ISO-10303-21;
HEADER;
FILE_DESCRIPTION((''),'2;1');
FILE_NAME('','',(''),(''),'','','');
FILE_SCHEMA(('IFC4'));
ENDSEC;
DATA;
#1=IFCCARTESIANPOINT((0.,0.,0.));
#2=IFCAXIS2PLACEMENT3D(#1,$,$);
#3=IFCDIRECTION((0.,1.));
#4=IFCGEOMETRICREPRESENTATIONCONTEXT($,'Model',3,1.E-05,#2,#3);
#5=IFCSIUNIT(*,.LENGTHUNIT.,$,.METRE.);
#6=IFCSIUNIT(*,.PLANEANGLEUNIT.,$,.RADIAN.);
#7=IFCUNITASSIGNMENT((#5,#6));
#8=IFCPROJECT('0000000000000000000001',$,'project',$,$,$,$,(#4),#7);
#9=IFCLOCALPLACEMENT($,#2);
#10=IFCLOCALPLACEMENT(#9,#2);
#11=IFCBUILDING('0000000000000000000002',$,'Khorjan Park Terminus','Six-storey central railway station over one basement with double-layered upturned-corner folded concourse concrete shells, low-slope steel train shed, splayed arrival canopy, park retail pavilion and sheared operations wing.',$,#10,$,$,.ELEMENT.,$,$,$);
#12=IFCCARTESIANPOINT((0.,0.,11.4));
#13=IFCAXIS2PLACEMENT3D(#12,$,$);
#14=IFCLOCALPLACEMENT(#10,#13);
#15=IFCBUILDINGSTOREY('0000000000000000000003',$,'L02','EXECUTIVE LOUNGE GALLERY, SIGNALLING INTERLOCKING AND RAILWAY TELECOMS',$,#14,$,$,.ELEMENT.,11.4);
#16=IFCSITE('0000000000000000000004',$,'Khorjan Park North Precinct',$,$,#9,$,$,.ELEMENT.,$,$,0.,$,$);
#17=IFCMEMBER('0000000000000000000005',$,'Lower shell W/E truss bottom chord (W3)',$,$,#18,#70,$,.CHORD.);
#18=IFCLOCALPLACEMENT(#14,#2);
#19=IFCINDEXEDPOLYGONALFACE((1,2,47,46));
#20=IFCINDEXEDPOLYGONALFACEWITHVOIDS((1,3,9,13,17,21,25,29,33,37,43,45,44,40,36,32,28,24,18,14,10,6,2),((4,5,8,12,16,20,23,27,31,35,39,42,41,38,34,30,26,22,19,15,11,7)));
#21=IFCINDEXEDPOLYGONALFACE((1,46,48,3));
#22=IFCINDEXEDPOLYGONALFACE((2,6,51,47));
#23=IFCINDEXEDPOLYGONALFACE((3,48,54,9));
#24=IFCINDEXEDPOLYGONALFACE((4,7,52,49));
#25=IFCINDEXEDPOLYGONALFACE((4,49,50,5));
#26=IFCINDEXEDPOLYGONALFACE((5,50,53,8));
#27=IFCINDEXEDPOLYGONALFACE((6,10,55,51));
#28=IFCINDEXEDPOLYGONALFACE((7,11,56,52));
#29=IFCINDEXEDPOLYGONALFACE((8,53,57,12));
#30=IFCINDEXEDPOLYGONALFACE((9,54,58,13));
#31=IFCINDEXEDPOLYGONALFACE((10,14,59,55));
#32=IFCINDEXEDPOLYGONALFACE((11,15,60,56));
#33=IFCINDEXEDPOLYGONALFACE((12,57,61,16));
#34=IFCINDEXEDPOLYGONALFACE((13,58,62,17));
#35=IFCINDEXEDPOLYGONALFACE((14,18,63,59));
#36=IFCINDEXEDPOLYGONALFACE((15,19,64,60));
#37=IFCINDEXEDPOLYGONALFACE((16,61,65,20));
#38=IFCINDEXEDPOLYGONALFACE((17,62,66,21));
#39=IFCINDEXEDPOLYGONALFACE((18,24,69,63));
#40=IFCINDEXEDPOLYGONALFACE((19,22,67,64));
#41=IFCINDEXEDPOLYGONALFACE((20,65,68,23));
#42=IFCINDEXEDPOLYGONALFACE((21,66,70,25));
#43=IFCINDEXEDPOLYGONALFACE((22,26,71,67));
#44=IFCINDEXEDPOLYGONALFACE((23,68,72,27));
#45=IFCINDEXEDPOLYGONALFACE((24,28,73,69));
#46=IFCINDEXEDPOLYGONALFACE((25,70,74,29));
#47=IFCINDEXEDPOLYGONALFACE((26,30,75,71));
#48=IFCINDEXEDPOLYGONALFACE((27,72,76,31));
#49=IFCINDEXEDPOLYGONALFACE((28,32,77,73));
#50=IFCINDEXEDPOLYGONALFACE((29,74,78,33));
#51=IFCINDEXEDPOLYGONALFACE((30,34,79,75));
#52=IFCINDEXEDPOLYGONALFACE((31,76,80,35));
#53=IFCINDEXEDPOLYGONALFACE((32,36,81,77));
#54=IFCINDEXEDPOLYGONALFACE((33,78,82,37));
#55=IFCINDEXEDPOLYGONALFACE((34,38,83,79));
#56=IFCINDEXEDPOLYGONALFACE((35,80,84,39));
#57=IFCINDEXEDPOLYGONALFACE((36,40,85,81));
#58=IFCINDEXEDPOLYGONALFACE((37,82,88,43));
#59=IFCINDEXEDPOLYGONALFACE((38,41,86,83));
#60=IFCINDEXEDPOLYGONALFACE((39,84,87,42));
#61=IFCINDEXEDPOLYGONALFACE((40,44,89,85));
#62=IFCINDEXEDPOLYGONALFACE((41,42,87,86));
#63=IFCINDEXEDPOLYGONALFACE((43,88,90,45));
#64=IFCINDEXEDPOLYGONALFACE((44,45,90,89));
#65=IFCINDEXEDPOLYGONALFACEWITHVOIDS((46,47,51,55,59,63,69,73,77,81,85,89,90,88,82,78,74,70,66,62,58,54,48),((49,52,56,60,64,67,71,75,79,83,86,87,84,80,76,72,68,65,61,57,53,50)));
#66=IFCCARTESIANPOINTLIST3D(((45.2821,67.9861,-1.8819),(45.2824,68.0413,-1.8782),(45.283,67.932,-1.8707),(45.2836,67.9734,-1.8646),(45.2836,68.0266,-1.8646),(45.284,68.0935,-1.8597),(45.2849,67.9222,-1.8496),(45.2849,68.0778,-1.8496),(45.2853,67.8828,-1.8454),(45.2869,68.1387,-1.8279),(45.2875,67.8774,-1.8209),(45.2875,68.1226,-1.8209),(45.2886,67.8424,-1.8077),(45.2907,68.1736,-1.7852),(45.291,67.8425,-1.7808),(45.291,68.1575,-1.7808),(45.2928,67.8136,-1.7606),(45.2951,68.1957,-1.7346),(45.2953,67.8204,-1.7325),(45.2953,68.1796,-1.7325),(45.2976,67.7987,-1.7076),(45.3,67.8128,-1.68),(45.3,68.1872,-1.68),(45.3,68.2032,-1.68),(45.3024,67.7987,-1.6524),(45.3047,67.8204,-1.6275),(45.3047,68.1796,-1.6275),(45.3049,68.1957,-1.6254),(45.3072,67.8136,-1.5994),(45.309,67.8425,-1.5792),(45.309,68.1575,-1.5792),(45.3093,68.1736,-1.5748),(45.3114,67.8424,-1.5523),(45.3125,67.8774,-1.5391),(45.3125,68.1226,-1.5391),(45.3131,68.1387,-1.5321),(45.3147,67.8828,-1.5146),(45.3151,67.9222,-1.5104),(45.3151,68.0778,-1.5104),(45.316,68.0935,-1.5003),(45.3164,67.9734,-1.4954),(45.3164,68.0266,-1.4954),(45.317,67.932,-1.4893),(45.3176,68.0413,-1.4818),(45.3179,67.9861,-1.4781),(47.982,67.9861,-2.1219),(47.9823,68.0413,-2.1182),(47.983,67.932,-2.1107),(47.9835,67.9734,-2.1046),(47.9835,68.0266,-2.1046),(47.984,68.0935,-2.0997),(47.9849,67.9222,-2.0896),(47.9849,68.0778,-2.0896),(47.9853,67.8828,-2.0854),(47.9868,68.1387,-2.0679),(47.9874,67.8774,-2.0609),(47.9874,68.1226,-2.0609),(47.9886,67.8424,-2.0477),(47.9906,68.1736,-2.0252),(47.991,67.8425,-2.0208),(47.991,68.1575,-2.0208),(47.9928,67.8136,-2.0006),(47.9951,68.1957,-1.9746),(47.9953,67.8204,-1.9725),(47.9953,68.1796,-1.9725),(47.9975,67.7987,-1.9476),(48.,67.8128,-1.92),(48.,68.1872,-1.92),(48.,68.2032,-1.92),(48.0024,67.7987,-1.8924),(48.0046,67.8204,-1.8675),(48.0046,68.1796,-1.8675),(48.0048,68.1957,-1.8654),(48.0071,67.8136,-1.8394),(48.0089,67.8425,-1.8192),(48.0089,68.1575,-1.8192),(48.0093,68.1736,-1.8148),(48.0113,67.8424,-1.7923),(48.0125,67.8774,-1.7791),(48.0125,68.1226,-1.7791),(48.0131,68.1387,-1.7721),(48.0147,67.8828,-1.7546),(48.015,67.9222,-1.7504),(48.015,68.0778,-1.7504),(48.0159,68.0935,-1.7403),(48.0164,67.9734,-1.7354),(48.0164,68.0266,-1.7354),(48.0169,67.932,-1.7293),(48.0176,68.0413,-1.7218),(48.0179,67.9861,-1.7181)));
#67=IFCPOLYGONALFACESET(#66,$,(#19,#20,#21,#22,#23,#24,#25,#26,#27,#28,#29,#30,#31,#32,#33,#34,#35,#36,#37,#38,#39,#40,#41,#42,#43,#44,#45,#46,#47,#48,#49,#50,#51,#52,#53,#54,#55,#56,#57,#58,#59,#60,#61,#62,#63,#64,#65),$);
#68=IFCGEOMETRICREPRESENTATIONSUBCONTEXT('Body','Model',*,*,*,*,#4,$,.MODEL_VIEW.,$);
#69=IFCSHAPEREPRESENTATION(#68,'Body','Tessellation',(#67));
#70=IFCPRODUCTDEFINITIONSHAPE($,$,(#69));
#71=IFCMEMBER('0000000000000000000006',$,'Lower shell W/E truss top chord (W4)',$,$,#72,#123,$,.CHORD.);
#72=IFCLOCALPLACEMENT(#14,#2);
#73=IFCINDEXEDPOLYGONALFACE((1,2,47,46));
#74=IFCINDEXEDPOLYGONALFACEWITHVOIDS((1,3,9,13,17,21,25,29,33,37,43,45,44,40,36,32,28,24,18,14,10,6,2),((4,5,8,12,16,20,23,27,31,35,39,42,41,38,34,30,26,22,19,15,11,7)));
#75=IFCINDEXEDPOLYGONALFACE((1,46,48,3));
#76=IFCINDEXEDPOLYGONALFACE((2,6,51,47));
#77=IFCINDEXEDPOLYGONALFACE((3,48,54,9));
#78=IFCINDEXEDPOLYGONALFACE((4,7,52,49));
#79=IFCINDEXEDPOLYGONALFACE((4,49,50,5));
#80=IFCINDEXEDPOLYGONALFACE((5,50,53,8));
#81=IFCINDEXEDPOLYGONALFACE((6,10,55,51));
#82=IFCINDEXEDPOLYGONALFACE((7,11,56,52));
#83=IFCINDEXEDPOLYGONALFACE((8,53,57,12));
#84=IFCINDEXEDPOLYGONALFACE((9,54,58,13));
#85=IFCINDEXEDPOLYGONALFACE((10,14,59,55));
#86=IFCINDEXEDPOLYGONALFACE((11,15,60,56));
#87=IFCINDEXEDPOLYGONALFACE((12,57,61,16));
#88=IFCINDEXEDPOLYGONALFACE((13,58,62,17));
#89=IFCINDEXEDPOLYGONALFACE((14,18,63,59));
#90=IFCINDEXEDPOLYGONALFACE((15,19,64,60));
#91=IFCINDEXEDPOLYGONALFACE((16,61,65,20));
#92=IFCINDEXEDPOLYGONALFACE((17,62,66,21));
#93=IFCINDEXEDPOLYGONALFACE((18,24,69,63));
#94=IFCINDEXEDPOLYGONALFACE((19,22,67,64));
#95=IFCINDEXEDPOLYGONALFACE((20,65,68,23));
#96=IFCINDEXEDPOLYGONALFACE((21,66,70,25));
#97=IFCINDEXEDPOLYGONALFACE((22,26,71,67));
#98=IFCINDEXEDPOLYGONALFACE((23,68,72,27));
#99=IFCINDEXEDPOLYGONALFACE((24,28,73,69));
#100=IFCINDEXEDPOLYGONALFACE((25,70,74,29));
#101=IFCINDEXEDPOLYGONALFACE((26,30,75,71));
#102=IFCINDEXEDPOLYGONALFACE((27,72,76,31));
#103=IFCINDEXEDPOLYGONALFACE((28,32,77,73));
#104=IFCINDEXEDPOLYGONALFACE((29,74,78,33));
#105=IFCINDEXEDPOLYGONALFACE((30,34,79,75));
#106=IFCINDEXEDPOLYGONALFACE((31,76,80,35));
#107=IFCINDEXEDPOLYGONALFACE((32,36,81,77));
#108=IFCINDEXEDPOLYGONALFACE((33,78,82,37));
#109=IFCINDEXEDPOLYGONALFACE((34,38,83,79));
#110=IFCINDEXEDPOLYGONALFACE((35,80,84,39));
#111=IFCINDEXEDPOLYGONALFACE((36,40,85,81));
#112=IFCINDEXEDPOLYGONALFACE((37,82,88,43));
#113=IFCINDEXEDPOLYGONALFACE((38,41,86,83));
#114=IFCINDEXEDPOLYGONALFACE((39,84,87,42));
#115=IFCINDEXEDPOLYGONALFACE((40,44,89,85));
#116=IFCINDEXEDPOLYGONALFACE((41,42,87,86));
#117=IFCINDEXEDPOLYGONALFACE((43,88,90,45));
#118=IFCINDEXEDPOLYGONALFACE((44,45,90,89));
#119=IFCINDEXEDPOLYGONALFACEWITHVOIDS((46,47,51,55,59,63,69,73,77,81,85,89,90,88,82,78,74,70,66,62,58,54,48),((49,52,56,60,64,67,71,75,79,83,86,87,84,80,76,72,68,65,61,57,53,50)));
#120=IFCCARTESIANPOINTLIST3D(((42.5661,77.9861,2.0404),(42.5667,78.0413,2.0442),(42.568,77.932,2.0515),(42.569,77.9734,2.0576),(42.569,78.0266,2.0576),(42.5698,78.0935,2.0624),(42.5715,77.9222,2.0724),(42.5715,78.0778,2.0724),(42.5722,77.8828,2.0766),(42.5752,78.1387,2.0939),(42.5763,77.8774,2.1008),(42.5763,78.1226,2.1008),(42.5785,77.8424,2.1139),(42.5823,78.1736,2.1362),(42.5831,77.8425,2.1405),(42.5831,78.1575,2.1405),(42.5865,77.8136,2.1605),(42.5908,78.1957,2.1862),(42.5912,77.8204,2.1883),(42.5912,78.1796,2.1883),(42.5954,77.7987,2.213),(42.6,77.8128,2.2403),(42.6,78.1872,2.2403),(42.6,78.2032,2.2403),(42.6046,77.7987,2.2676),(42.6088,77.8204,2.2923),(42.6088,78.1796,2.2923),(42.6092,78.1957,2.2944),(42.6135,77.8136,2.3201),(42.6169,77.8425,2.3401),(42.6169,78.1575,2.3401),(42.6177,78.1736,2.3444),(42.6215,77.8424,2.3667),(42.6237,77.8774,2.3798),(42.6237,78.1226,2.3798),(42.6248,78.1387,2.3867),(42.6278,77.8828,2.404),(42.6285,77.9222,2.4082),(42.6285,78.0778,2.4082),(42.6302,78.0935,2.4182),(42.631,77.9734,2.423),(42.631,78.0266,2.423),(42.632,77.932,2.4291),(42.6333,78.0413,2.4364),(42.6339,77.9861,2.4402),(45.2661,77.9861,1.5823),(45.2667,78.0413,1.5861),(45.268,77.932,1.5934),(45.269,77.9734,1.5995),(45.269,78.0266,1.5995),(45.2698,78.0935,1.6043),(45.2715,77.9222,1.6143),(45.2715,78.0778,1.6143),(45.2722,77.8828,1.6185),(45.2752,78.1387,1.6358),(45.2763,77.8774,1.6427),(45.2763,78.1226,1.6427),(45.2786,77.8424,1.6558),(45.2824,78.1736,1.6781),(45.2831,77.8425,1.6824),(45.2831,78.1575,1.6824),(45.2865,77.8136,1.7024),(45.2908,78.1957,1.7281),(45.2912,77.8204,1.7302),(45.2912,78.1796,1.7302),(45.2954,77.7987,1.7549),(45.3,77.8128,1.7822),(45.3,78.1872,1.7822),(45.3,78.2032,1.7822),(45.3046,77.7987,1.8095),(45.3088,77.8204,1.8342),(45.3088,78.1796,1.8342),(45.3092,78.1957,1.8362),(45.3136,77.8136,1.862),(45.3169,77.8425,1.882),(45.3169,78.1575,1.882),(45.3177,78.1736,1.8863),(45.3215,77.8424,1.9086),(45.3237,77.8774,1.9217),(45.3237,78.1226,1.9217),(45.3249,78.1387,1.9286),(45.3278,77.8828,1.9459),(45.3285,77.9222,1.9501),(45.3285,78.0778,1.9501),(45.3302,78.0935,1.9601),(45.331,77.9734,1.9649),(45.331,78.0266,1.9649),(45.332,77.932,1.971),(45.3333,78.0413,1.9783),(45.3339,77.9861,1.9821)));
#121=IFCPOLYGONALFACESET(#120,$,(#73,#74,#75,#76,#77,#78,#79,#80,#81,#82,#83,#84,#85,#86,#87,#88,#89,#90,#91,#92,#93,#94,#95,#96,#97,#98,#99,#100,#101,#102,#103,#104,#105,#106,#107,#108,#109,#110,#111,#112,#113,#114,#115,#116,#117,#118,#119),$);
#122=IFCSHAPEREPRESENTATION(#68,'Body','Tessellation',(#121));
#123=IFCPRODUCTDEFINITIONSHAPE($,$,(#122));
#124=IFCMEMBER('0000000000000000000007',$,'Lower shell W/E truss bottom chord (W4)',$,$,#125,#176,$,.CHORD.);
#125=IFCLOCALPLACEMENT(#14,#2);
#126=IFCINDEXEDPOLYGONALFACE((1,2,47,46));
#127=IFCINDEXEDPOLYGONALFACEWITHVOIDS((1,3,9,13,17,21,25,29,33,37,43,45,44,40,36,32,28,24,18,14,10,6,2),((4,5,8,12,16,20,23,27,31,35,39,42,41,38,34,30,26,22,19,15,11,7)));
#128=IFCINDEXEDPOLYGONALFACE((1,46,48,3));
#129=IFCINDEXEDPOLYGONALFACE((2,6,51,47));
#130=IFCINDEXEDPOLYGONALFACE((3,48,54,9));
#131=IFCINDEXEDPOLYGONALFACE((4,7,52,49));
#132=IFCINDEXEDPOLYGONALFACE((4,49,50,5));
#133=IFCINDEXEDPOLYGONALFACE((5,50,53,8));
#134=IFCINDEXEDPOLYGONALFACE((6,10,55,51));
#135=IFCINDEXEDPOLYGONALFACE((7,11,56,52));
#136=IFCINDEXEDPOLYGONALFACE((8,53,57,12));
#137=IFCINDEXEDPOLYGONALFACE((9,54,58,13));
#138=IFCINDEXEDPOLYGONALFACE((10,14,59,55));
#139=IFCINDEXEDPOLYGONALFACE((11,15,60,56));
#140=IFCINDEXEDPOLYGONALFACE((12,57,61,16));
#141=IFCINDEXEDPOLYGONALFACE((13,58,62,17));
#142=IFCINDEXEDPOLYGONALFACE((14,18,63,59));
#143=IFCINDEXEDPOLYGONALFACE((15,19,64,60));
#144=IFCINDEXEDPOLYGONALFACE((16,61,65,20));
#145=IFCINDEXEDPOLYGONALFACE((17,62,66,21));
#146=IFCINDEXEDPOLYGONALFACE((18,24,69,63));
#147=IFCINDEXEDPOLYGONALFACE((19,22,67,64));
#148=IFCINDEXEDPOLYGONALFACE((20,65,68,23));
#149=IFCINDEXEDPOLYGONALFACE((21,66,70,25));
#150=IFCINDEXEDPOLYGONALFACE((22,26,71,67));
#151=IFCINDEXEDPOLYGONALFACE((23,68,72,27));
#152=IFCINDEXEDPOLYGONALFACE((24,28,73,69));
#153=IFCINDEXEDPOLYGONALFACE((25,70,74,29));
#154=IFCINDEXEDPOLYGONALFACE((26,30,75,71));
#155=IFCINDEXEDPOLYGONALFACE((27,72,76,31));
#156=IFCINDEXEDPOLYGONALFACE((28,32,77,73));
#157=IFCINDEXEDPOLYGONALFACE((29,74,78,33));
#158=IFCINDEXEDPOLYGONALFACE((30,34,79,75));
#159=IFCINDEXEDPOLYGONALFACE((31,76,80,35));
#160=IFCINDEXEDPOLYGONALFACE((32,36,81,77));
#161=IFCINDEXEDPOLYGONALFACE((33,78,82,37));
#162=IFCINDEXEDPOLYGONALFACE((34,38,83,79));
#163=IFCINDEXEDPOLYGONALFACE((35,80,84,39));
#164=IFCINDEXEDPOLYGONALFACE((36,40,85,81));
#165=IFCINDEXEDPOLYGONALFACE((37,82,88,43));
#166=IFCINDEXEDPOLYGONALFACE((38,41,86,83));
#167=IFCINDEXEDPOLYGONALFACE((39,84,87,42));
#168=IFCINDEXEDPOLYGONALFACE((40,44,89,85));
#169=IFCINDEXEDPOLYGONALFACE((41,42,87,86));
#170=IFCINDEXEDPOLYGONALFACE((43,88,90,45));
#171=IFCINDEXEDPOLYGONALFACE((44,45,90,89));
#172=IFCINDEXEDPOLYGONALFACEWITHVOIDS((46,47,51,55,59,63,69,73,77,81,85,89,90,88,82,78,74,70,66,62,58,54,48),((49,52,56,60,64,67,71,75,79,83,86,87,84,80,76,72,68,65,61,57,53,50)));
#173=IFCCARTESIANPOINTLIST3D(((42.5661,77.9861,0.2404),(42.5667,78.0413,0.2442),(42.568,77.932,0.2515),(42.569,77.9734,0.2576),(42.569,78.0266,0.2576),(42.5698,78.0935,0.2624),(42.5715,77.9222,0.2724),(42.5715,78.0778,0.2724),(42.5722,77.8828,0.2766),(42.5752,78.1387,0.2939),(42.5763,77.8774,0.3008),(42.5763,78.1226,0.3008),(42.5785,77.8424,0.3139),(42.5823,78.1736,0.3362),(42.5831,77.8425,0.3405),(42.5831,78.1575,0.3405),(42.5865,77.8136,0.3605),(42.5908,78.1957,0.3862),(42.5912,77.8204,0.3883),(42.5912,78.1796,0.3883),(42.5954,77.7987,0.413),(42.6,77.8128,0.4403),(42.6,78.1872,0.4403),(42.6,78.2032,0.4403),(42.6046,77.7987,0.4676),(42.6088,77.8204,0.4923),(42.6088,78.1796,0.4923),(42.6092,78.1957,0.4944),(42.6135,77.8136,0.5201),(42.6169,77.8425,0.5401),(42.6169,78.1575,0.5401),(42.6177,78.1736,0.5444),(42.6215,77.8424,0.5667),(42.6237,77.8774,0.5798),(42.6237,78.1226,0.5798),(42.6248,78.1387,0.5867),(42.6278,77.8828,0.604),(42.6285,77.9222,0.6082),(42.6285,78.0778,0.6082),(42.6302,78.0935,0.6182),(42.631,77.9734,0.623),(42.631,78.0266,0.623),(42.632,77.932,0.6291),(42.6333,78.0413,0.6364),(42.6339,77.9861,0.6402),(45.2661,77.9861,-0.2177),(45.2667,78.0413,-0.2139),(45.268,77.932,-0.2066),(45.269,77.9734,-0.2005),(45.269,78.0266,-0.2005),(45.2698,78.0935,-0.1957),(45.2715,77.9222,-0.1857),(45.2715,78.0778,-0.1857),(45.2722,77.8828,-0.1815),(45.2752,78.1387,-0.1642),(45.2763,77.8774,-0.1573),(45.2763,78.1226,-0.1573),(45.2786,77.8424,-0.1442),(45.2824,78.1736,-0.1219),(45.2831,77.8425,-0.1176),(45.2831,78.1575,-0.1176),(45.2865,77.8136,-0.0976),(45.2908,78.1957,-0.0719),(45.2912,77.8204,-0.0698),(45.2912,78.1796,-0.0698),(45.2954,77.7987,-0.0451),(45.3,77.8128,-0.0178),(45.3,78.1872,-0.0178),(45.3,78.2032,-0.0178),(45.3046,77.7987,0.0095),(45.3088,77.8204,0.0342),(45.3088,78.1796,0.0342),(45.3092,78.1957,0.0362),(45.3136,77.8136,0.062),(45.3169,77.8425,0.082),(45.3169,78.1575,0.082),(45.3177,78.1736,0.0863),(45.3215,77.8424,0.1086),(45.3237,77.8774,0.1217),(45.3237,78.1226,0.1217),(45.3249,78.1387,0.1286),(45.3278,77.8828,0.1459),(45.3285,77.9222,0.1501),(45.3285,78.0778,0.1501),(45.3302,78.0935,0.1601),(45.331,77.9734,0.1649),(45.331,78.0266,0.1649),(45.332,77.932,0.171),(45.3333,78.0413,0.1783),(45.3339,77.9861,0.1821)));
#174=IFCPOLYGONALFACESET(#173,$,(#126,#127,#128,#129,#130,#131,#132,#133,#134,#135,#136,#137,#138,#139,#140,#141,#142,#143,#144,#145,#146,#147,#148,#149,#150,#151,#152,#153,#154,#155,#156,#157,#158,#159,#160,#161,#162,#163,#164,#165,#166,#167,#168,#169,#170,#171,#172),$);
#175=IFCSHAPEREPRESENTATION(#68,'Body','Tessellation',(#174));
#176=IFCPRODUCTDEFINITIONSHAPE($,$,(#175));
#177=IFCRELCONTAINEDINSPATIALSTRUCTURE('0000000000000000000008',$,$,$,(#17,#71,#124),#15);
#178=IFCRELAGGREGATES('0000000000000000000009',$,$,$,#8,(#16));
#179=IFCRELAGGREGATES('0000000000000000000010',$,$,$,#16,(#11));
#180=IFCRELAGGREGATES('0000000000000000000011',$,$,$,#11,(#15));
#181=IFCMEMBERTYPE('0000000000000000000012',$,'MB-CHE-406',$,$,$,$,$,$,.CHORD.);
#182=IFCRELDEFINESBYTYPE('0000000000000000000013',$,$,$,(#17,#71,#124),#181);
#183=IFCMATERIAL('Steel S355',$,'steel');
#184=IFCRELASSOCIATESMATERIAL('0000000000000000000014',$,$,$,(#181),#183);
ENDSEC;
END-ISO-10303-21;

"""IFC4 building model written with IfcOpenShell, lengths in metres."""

from ifc_helpers import new_model, si_unit, direction, frame, origin, origin_2d, place, context, subcontext, project, spatial, hollow_circle, extrude, material, material_profile, profile_set, type_object, element, save


model = new_model("IFC4")

# Units and contexts
model_context = context("Model", 3, precision=1e-05, world=origin(), true_north=direction((0.0, 1.0)))
body_context = subcontext(model_context, "Body", "Model", "MODEL_VIEW")
ifc_project = project(units=[si_unit("LENGTHUNIT", "METRE"), si_unit("PLANEANGLEUNIT", "RADIAN")], contexts=[model_context])

# Site, building, storey
site_placement = place(None, origin())
site = spatial("IfcSite", under=ifc_project, at=site_placement, Name="Khorjan Park North Precinct", CompositionType="ELEMENT", RefElevation=0.0)
building_placement = place(site_placement, origin())
building = spatial("IfcBuilding", under=site, at=building_placement, Name="Khorjan Park Terminus", Description="Six-storey central railway station over one basement with double-layered upturned-corner folded concourse concrete shells, low-slope steel train shed, splayed arrival canopy, park retail pavilion and sheared operations wing.", CompositionType="ELEMENT")
storey_placement = place(building_placement, frame((0.0, 0.0, 11.4)))
storey = spatial("IfcBuildingStorey", under=building, at=storey_placement, Name="L02", Description="EXECUTIVE LOUNGE GALLERY, SIGNALLING INTERLOCKING AND RAILWAY TELECOMS", CompositionType="ELEMENT", Elevation=11.4)

# Members
ifc_material_1 = material(Name="Steel S355", Category="steel")
ifc_material_profile_1 = material_profile(ifc_material_1, hollow_circle(Radius=0.2032, WallThickness=0.016, at=origin_2d()), Name="CHS 406.4x16")
ifc_profile_set_1 = profile_set([ifc_material_profile_1], Name="Steel S355")
member_type_1 = type_object("IfcMemberType", Name="MB-CHE-406", PredefinedType="CHORD", material=ifc_profile_set_1)
member_1_placement = place(storey_placement, frame((45.3, 68.0, -1.68), z_axis=(0.996073, 0.0, -0.08854), x_axis=(0.0, 1.0, 0.0)))
element("IfcMember", 1, at=member_1_placement, inside=storey, type_object=member_type_1, Name="Lower shell W/E truss bottom chord (W3)", PredefinedType="CHORD", context=body_context, shape_type="SweptSolid", body=[
    extrude(hollow_circle(Radius=0.2032, WallThickness=0.016, at=origin_2d()), origin(), (0.0, 0.0, 1.0), 2.7106),
])
for number, where, z_axis, x_axis, name in (
    (2, (42.6, 78.0, 2.2403), (0.98591, 0.0, -0.167276), (0.0, 1.0, 0.0), "Lower shell W/E truss top chord (W4)"),
    (3, (42.6, 78.0, 0.4403), (0.98591, 0.0, -0.167276), (0.0, 1.0, 0.0), "Lower shell W/E truss bottom chord (W4)"),
):
    element("IfcMember", number, at=place(storey_placement, frame(where, z_axis=z_axis, x_axis=x_axis)), inside=storey, type_object=member_type_1, Name=name, PredefinedType="CHORD", context=body_context, shape_type="SweptSolid", body=[
        extrude(hollow_circle(Radius=0.2032, WallThickness=0.016, at=origin_2d()), origin(), (0.0, 0.0, 1.0), 2.7386),
    ])

save(model, "model.ifc")
